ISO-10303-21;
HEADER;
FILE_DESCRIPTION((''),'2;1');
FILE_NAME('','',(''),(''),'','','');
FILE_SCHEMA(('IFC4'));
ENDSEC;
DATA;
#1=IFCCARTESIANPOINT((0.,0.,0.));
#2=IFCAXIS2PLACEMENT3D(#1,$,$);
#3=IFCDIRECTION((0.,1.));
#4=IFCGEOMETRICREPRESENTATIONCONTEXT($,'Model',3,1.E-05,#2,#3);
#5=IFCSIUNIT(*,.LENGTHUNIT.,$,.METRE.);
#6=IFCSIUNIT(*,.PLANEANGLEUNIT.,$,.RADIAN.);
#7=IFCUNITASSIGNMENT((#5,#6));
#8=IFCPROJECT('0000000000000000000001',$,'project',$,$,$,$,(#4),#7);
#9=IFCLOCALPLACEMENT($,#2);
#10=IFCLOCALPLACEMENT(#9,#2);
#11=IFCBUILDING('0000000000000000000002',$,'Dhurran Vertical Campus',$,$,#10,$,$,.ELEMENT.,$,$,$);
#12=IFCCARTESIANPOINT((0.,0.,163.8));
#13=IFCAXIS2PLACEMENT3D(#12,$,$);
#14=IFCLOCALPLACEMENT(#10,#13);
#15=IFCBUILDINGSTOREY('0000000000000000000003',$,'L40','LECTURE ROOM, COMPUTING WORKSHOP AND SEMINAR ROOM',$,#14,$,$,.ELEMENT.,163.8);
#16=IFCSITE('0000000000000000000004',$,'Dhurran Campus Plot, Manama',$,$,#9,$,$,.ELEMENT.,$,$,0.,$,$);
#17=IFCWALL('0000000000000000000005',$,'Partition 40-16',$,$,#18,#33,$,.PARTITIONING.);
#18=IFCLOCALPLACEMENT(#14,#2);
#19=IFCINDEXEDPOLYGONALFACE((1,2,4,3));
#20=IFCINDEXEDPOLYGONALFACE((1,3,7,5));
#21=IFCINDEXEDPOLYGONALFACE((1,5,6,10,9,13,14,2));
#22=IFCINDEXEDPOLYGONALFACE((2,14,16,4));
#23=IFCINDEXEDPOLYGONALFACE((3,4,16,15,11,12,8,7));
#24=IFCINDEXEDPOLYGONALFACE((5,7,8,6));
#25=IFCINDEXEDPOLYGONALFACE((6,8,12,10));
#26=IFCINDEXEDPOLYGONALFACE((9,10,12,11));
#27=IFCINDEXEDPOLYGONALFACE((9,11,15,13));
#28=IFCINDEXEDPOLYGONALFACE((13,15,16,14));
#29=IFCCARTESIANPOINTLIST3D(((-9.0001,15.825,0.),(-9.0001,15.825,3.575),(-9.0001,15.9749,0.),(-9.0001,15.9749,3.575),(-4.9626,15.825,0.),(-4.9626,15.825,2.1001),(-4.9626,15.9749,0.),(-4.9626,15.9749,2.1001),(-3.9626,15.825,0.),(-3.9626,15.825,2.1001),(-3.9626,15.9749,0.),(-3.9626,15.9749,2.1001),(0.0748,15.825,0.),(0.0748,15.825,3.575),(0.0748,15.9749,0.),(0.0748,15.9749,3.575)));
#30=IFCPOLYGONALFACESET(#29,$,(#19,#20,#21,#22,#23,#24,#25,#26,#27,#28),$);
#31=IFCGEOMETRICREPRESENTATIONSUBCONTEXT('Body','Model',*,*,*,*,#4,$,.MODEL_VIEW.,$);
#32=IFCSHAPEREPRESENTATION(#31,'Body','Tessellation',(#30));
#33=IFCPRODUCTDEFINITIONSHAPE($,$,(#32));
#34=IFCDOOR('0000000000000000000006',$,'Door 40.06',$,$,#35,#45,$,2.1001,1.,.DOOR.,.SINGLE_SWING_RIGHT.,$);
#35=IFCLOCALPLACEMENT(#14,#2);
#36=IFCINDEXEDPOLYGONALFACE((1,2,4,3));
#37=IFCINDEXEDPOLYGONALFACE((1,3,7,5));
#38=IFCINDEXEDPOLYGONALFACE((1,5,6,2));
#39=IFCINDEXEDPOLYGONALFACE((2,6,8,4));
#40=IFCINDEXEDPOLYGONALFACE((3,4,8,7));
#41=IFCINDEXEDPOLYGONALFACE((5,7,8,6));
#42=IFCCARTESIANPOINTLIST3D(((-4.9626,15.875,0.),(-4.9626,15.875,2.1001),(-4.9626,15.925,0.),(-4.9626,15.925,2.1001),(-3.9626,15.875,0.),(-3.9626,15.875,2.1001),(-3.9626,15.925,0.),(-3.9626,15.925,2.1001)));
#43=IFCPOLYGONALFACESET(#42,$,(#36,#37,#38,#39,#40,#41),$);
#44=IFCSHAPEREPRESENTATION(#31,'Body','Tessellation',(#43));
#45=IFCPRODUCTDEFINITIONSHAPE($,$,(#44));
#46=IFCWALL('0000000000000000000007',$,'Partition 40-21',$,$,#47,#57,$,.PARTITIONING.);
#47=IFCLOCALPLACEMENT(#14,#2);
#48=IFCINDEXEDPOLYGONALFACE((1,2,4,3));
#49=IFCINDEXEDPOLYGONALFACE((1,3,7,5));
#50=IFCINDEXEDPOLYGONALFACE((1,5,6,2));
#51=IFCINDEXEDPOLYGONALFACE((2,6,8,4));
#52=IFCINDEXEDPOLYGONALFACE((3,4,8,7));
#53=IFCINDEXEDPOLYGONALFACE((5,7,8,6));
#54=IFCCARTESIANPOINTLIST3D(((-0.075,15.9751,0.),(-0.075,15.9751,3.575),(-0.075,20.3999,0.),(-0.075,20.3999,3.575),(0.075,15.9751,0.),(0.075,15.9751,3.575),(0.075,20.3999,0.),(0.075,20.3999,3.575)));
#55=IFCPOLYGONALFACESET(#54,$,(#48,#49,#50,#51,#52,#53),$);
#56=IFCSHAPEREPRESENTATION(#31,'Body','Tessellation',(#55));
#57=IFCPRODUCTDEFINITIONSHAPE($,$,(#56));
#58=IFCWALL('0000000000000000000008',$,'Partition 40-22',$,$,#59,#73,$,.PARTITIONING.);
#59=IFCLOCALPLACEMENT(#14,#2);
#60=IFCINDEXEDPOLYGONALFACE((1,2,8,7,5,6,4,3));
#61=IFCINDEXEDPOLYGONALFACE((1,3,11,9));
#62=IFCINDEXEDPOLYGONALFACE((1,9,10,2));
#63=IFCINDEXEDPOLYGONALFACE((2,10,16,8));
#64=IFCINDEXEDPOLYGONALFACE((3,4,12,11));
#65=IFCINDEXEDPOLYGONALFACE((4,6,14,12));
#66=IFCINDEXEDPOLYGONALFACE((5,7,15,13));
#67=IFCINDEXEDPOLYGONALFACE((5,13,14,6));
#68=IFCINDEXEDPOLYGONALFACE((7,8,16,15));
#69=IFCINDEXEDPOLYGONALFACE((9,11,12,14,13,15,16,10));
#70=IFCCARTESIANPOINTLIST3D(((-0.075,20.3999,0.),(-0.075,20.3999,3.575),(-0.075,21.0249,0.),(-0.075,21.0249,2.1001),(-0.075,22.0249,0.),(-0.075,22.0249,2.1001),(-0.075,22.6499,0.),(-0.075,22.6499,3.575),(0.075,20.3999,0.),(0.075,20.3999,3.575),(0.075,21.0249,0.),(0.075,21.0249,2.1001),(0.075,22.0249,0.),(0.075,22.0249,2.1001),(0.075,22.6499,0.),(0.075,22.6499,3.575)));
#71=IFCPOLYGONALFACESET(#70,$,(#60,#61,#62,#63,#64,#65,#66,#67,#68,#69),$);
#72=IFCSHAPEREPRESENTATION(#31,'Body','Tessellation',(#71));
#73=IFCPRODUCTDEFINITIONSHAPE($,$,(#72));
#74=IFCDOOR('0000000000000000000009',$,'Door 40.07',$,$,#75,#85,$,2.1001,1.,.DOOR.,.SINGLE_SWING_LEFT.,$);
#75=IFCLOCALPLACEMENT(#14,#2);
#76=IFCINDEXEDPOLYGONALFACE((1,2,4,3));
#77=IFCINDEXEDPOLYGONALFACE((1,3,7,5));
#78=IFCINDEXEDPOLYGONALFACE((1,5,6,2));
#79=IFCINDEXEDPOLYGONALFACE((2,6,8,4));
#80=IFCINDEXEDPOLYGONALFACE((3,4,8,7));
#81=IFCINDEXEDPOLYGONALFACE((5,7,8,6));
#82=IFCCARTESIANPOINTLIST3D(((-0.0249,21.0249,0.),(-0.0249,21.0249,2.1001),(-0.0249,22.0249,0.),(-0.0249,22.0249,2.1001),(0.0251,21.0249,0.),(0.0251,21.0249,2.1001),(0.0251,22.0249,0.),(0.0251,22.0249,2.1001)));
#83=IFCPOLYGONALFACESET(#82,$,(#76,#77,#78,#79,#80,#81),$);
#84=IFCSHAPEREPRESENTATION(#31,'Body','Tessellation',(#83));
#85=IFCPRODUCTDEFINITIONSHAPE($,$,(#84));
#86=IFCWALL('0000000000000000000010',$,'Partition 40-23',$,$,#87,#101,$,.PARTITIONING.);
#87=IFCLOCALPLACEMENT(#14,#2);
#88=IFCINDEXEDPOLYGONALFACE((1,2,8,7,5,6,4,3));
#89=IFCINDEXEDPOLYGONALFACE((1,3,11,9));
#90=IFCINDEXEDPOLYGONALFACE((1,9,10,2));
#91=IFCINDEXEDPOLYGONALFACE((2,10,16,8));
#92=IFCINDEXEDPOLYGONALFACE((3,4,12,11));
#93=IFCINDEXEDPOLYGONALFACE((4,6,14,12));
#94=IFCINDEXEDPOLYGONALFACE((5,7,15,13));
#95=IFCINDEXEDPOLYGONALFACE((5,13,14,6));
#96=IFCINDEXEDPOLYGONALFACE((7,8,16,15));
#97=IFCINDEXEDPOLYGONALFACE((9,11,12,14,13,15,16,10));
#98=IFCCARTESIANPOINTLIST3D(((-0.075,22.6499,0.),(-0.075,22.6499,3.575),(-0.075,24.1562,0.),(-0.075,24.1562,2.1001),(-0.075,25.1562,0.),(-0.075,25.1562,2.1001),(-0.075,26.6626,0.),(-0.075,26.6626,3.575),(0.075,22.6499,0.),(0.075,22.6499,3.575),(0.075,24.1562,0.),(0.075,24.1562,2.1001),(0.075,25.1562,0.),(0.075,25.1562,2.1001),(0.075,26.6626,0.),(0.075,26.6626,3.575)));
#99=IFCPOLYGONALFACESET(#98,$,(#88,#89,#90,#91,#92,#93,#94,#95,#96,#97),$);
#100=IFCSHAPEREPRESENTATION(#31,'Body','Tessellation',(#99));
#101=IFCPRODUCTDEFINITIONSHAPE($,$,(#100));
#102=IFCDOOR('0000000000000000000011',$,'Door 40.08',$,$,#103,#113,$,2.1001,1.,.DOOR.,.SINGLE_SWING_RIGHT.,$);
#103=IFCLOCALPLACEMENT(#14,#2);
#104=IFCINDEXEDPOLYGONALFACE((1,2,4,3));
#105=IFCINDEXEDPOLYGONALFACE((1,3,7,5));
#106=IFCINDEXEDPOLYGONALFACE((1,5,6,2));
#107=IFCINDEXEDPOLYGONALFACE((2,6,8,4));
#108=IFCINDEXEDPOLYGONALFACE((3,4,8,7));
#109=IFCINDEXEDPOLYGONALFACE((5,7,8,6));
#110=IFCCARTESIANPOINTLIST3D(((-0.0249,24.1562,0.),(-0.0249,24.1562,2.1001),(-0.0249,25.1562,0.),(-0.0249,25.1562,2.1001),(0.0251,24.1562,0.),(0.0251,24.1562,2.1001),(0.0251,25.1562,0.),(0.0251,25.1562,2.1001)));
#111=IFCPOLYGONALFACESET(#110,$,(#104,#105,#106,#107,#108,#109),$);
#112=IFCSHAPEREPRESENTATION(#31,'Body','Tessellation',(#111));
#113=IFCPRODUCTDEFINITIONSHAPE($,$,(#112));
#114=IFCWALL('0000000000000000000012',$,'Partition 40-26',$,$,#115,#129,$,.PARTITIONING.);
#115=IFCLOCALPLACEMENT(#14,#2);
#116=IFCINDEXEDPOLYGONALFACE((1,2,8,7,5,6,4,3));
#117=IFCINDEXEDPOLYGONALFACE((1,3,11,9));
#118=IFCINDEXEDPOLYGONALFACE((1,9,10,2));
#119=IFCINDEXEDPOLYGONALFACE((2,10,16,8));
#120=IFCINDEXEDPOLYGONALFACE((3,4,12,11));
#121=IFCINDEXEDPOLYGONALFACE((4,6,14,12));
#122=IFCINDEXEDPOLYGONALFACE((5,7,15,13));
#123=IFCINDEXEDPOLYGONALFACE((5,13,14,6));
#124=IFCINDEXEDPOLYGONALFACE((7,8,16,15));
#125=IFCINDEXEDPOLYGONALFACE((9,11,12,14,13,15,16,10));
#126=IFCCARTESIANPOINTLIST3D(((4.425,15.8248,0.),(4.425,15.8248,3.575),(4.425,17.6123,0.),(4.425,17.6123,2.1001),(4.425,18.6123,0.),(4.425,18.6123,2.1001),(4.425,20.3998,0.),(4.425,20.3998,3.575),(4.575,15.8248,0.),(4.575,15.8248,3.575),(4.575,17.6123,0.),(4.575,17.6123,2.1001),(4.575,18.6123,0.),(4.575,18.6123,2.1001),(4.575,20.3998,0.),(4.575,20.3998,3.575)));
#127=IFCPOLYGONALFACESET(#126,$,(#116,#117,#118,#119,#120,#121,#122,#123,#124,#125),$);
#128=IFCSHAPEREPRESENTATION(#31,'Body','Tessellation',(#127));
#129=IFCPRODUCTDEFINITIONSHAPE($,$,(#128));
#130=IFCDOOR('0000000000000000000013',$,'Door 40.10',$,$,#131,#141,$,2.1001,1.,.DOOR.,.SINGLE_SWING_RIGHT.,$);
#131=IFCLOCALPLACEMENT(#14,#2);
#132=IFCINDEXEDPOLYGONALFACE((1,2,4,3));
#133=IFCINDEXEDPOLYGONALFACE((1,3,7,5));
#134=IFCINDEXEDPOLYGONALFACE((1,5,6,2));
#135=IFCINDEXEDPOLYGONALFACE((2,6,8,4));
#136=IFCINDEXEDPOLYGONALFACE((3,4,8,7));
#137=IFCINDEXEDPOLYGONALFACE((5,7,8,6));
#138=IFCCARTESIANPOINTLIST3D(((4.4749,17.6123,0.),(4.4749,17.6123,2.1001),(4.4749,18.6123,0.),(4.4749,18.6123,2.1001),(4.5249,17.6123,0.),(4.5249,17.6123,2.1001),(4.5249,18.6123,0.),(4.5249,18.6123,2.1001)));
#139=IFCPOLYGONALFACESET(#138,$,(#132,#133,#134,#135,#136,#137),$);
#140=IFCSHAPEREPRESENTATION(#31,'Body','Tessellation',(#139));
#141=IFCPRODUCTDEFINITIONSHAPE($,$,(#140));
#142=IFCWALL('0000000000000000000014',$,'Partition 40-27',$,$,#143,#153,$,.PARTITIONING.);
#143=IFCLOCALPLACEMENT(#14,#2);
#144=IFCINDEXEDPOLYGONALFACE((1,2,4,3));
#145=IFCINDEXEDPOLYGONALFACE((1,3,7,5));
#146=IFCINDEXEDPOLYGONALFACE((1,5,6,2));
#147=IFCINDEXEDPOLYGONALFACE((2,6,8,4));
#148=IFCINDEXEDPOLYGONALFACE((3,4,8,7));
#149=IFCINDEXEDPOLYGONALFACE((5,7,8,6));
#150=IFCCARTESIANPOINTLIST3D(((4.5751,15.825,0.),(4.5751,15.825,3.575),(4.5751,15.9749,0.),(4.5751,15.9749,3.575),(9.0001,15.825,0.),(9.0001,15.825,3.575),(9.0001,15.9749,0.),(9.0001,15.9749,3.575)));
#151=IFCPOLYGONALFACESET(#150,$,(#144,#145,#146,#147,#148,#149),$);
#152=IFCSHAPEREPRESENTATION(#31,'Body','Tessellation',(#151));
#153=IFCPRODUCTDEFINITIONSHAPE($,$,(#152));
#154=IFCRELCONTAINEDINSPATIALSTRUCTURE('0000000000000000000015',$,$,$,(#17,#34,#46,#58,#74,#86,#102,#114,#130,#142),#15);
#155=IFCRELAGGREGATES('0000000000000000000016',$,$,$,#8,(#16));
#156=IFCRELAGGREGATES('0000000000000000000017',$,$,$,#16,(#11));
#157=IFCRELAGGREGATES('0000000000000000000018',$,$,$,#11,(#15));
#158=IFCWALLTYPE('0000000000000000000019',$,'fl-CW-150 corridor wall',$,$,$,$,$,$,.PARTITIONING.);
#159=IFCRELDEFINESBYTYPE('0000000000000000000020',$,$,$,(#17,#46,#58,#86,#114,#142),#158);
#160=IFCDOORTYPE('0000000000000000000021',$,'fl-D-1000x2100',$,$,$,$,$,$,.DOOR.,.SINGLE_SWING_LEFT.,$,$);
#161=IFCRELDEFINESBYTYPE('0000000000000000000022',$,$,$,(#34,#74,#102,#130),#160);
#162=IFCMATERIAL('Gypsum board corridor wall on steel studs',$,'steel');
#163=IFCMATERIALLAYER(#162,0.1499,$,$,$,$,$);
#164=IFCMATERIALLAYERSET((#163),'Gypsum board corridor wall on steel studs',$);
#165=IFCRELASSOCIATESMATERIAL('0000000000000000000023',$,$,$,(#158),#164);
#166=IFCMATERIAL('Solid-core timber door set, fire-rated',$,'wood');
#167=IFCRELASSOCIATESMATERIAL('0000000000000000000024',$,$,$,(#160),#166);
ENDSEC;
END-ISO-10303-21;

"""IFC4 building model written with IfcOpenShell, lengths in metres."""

from ifc_helpers import new_model, si_unit, direction, frame, frame_2d, origin, place, context, subcontext, project, spatial, rectangle, extrude, material, layer, layer_set, type_object, element, fill, save


model = new_model("IFC4")

# Units and contexts
model_context = context("Model", 3, precision=1e-05, world=origin(), true_north=direction((0.0, 1.0)))
body_context = subcontext(model_context, "Body", "Model", "MODEL_VIEW")
ifc_project = project(units=[si_unit("LENGTHUNIT", "METRE"), si_unit("PLANEANGLEUNIT", "RADIAN")], contexts=[model_context])

# Site, building, storey
site_placement = place(None, origin())
site = spatial("IfcSite", under=ifc_project, at=site_placement, Name="Dhurran Campus Plot, Manama", CompositionType="ELEMENT", RefElevation=0.0)
building_placement = place(site_placement, origin())
building = spatial("IfcBuilding", under=site, at=building_placement, Name="Dhurran Vertical Campus", CompositionType="ELEMENT")
storey_placement = place(building_placement, frame((0.0, 0.0, 163.8)))
storey = spatial("IfcBuildingStorey", under=building, at=storey_placement, Name="L40", Description="LECTURE ROOM, COMPUTING WORKSHOP AND SEMINAR ROOM", CompositionType="ELEMENT", Elevation=163.8)

# Wall, opening, door
ifc_material_1 = material(Name="Gypsum board corridor wall on steel studs", Category="steel")
ifc_layer_1 = layer(ifc_material_1, 0.1499)
ifc_layer_set_1 = layer_set([ifc_layer_1], Name="Gypsum board corridor wall on steel studs")
wall_type_1 = type_object("IfcWallType", Name="fl-CW-150 corridor wall", PredefinedType="PARTITIONING", material=ifc_layer_set_1)
wall_1_placement = place(storey_placement, frame((0.075, 15.8999, 0.0), z_axis=(0.0, 0.0, 1.0), x_axis=(-1.0, 0.0, 0.0)))
wall_1 = element("IfcWall", 1, at=wall_1_placement, inside=storey, type_object=wall_type_1, Name="Partition 40-16", PredefinedType="PARTITIONING", context=body_context, shape_type="SweptSolid", body=[
    extrude(rectangle(XDim=9.075, YDim=0.1499, at=frame_2d((4.5376, 0.0))), origin(), (0.0, 0.0, 1.0), 3.575),
])
opening_1_placement = place(wall_1_placement, frame((4.0376, 0.0, 0.0)))
opening_1 = element("IfcOpeningElement", 2, at=opening_1_placement, cuts=wall_1, PredefinedType="OPENING", context=body_context, shape_type="SweptSolid", body=[
    extrude(rectangle(XDim=1.0, YDim=2.1001, at=frame_2d((0.5, 1.05))), frame((0.0, 0.085, 0.0), z_axis=(0.0, -1.0, 0.0), x_axis=(1.0, 0.0, 0.0)), (0.0, 0.0, 1.0), 0.1699),
])
ifc_material_2 = material(Name="Solid-core timber door set, fire-rated", Category="wood")
door_type_1 = type_object("IfcDoorType", Name="fl-D-1000x2100", OperationType="SINGLE_SWING_LEFT", PredefinedType="DOOR", material=ifc_material_2)
door_1_placement = place(opening_1_placement, origin())
door_1 = element("IfcDoor", 3, at=door_1_placement, inside=storey, type_object=door_type_1, Name="Door 40.06", OperationType="SINGLE_SWING_RIGHT", OverallHeight=2.1001, OverallWidth=1.0, PredefinedType="DOOR", context=body_context, shape_type="SweptSolid", body=[
    extrude(rectangle(XDim=1.0, YDim=2.1001, at=frame_2d((0.5, 1.05))), frame((0.0, 0.0249, 0.0), z_axis=(0.0, -1.0, 0.0), x_axis=(1.0, 0.0, 0.0)), (0.0, 0.0, 1.0), 0.05),
])
fill(opening_1, door_1)

# Wall
wall_2_placement = place(storey_placement, frame((0.0, 15.9751, 0.0), z_axis=(0.0, 0.0, 1.0), x_axis=(0.0, 1.0, 0.0)))
element("IfcWall", 4, at=wall_2_placement, inside=storey, type_object=wall_type_1, Name="Partition 40-21", PredefinedType="PARTITIONING", context=body_context, shape_type="SweptSolid", body=[
    extrude(rectangle(XDim=4.4248, YDim=0.1499, at=frame_2d((2.2124, 0.0))), origin(), (0.0, 0.0, 1.0), 3.575),
])

# Walls, openings, doors
wall_3_placement = place(storey_placement, frame((0.0, 20.3999, 0.0), z_axis=(0.0, 0.0, 1.0), x_axis=(0.0, 1.0, 0.0)))
wall_3 = element("IfcWall", 5, at=wall_3_placement, inside=storey, type_object=wall_type_1, Name="Partition 40-22", PredefinedType="PARTITIONING", context=body_context, shape_type="SweptSolid", body=[
    extrude(rectangle(XDim=2.25, YDim=0.1499, at=frame_2d((1.125, 0.0))), origin(), (0.0, 0.0, 1.0), 3.575),
])
opening_2_placement = place(wall_3_placement, frame((0.625, 0.0, 0.0)))
opening_2 = element("IfcOpeningElement", 6, at=opening_2_placement, cuts=wall_3, PredefinedType="OPENING", context=body_context, shape_type="SweptSolid", body=[
    extrude(rectangle(XDim=1.0, YDim=2.1001, at=frame_2d((0.5, 1.05))), frame((0.0, 0.085, 0.0), z_axis=(0.0, -1.0, 0.0), x_axis=(1.0, 0.0, 0.0)), (0.0, 0.0, 1.0), 0.1699),
])
door_2_placement = place(opening_2_placement, origin())
door_2 = element("IfcDoor", 7, at=door_2_placement, inside=storey, type_object=door_type_1, Name="Door 40.07", OperationType="SINGLE_SWING_LEFT", OverallHeight=2.1001, OverallWidth=1.0, PredefinedType="DOOR", context=body_context, shape_type="SweptSolid", body=[
    extrude(rectangle(XDim=1.0, YDim=2.1001, at=frame_2d((0.5, 1.05))), frame((0.0, 0.0249, 0.0), z_axis=(0.0, -1.0, 0.0), x_axis=(1.0, 0.0, 0.0)), (0.0, 0.0, 1.0), 0.05),
])
fill(opening_2, door_2)
wall_4_placement = place(storey_placement, frame((0.0, 22.6499, 0.0), z_axis=(0.0, 0.0, 1.0), x_axis=(0.0, 1.0, 0.0)))
wall_4 = element("IfcWall", 8, at=wall_4_placement, inside=storey, type_object=wall_type_1, Name="Partition 40-23", PredefinedType="PARTITIONING", context=body_context, shape_type="SweptSolid", body=[
    extrude(rectangle(XDim=4.0127, YDim=0.1499, at=frame_2d((2.0063, 0.0))), origin(), (0.0, 0.0, 1.0), 3.575),
])
opening_3_placement = place(wall_4_placement, frame((1.5063, 0.0, 0.0)))
opening_3 = element("IfcOpeningElement", 9, at=opening_3_placement, cuts=wall_4, PredefinedType="OPENING", context=body_context, shape_type="SweptSolid", body=[
    extrude(rectangle(XDim=1.0, YDim=2.1001, at=frame_2d((0.5, 1.05))), frame((0.0, 0.085, 0.0), z_axis=(0.0, -1.0, 0.0), x_axis=(1.0, 0.0, 0.0)), (0.0, 0.0, 1.0), 0.1699),
])
door_3_placement = place(opening_3_placement, origin())
door_3 = element("IfcDoor", 10, at=door_3_placement, inside=storey, type_object=door_type_1, Name="Door 40.08", OperationType="SINGLE_SWING_RIGHT", OverallHeight=2.1001, OverallWidth=1.0, PredefinedType="DOOR", context=body_context, shape_type="SweptSolid", body=[
    extrude(rectangle(XDim=1.0, YDim=2.1001, at=frame_2d((0.5, 1.05))), frame((0.0, 0.0249, 0.0), z_axis=(0.0, -1.0, 0.0), x_axis=(1.0, 0.0, 0.0)), (0.0, 0.0, 1.0), 0.05),
])
fill(opening_3, door_3)
wall_5_placement = place(storey_placement, frame((4.5, 20.3999, 0.0), z_axis=(0.0, 0.0, 1.0), x_axis=(0.0, -1.0, 0.0)))
wall_5 = element("IfcWall", 11, at=wall_5_placement, inside=storey, type_object=wall_type_1, Name="Partition 40-26", PredefinedType="PARTITIONING", context=body_context, shape_type="SweptSolid", body=[
    extrude(rectangle(XDim=4.575, YDim=0.1499, at=frame_2d((2.2876, 0.0))), origin(), (0.0, 0.0, 1.0), 3.575),
])
opening_4_placement = place(wall_5_placement, frame((1.7876, 0.0, 0.0)))
opening_4 = element("IfcOpeningElement", 12, at=opening_4_placement, cuts=wall_5, PredefinedType="OPENING", context=body_context, shape_type="SweptSolid", body=[
    extrude(rectangle(XDim=1.0, YDim=2.1001, at=frame_2d((0.5, 1.05))), frame((0.0, 0.085, 0.0), z_axis=(0.0, -1.0, 0.0), x_axis=(1.0, 0.0, 0.0)), (0.0, 0.0, 1.0), 0.1699),
])
door_4_placement = place(opening_4_placement, origin())
door_4 = element("IfcDoor", 13, at=door_4_placement, inside=storey, type_object=door_type_1, Name="Door 40.10", OperationType="SINGLE_SWING_RIGHT", OverallHeight=2.1001, OverallWidth=1.0, PredefinedType="DOOR", context=body_context, shape_type="SweptSolid", body=[
    extrude(rectangle(XDim=1.0, YDim=2.1001, at=frame_2d((0.5, 1.05))), frame((0.0, 0.0249, 0.0), z_axis=(0.0, -1.0, 0.0), x_axis=(1.0, 0.0, 0.0)), (0.0, 0.0, 1.0), 0.05),
])
fill(opening_4, door_4)

# Wall
wall_6_placement = place(storey_placement, frame((9.0, 15.8999, 0.0), z_axis=(0.0, 0.0, 1.0), x_axis=(-1.0, 0.0, 0.0)))
element("IfcWall", 14, at=wall_6_placement, inside=storey, type_object=wall_type_1, Name="Partition 40-27", PredefinedType="PARTITIONING", context=body_context, shape_type="SweptSolid", body=[
    extrude(rectangle(XDim=4.425, YDim=0.1499, at=frame_2d((2.2124, 0.0))), origin(), (0.0, 0.0, 1.0), 3.575),
])

save(model, "model.ifc")
